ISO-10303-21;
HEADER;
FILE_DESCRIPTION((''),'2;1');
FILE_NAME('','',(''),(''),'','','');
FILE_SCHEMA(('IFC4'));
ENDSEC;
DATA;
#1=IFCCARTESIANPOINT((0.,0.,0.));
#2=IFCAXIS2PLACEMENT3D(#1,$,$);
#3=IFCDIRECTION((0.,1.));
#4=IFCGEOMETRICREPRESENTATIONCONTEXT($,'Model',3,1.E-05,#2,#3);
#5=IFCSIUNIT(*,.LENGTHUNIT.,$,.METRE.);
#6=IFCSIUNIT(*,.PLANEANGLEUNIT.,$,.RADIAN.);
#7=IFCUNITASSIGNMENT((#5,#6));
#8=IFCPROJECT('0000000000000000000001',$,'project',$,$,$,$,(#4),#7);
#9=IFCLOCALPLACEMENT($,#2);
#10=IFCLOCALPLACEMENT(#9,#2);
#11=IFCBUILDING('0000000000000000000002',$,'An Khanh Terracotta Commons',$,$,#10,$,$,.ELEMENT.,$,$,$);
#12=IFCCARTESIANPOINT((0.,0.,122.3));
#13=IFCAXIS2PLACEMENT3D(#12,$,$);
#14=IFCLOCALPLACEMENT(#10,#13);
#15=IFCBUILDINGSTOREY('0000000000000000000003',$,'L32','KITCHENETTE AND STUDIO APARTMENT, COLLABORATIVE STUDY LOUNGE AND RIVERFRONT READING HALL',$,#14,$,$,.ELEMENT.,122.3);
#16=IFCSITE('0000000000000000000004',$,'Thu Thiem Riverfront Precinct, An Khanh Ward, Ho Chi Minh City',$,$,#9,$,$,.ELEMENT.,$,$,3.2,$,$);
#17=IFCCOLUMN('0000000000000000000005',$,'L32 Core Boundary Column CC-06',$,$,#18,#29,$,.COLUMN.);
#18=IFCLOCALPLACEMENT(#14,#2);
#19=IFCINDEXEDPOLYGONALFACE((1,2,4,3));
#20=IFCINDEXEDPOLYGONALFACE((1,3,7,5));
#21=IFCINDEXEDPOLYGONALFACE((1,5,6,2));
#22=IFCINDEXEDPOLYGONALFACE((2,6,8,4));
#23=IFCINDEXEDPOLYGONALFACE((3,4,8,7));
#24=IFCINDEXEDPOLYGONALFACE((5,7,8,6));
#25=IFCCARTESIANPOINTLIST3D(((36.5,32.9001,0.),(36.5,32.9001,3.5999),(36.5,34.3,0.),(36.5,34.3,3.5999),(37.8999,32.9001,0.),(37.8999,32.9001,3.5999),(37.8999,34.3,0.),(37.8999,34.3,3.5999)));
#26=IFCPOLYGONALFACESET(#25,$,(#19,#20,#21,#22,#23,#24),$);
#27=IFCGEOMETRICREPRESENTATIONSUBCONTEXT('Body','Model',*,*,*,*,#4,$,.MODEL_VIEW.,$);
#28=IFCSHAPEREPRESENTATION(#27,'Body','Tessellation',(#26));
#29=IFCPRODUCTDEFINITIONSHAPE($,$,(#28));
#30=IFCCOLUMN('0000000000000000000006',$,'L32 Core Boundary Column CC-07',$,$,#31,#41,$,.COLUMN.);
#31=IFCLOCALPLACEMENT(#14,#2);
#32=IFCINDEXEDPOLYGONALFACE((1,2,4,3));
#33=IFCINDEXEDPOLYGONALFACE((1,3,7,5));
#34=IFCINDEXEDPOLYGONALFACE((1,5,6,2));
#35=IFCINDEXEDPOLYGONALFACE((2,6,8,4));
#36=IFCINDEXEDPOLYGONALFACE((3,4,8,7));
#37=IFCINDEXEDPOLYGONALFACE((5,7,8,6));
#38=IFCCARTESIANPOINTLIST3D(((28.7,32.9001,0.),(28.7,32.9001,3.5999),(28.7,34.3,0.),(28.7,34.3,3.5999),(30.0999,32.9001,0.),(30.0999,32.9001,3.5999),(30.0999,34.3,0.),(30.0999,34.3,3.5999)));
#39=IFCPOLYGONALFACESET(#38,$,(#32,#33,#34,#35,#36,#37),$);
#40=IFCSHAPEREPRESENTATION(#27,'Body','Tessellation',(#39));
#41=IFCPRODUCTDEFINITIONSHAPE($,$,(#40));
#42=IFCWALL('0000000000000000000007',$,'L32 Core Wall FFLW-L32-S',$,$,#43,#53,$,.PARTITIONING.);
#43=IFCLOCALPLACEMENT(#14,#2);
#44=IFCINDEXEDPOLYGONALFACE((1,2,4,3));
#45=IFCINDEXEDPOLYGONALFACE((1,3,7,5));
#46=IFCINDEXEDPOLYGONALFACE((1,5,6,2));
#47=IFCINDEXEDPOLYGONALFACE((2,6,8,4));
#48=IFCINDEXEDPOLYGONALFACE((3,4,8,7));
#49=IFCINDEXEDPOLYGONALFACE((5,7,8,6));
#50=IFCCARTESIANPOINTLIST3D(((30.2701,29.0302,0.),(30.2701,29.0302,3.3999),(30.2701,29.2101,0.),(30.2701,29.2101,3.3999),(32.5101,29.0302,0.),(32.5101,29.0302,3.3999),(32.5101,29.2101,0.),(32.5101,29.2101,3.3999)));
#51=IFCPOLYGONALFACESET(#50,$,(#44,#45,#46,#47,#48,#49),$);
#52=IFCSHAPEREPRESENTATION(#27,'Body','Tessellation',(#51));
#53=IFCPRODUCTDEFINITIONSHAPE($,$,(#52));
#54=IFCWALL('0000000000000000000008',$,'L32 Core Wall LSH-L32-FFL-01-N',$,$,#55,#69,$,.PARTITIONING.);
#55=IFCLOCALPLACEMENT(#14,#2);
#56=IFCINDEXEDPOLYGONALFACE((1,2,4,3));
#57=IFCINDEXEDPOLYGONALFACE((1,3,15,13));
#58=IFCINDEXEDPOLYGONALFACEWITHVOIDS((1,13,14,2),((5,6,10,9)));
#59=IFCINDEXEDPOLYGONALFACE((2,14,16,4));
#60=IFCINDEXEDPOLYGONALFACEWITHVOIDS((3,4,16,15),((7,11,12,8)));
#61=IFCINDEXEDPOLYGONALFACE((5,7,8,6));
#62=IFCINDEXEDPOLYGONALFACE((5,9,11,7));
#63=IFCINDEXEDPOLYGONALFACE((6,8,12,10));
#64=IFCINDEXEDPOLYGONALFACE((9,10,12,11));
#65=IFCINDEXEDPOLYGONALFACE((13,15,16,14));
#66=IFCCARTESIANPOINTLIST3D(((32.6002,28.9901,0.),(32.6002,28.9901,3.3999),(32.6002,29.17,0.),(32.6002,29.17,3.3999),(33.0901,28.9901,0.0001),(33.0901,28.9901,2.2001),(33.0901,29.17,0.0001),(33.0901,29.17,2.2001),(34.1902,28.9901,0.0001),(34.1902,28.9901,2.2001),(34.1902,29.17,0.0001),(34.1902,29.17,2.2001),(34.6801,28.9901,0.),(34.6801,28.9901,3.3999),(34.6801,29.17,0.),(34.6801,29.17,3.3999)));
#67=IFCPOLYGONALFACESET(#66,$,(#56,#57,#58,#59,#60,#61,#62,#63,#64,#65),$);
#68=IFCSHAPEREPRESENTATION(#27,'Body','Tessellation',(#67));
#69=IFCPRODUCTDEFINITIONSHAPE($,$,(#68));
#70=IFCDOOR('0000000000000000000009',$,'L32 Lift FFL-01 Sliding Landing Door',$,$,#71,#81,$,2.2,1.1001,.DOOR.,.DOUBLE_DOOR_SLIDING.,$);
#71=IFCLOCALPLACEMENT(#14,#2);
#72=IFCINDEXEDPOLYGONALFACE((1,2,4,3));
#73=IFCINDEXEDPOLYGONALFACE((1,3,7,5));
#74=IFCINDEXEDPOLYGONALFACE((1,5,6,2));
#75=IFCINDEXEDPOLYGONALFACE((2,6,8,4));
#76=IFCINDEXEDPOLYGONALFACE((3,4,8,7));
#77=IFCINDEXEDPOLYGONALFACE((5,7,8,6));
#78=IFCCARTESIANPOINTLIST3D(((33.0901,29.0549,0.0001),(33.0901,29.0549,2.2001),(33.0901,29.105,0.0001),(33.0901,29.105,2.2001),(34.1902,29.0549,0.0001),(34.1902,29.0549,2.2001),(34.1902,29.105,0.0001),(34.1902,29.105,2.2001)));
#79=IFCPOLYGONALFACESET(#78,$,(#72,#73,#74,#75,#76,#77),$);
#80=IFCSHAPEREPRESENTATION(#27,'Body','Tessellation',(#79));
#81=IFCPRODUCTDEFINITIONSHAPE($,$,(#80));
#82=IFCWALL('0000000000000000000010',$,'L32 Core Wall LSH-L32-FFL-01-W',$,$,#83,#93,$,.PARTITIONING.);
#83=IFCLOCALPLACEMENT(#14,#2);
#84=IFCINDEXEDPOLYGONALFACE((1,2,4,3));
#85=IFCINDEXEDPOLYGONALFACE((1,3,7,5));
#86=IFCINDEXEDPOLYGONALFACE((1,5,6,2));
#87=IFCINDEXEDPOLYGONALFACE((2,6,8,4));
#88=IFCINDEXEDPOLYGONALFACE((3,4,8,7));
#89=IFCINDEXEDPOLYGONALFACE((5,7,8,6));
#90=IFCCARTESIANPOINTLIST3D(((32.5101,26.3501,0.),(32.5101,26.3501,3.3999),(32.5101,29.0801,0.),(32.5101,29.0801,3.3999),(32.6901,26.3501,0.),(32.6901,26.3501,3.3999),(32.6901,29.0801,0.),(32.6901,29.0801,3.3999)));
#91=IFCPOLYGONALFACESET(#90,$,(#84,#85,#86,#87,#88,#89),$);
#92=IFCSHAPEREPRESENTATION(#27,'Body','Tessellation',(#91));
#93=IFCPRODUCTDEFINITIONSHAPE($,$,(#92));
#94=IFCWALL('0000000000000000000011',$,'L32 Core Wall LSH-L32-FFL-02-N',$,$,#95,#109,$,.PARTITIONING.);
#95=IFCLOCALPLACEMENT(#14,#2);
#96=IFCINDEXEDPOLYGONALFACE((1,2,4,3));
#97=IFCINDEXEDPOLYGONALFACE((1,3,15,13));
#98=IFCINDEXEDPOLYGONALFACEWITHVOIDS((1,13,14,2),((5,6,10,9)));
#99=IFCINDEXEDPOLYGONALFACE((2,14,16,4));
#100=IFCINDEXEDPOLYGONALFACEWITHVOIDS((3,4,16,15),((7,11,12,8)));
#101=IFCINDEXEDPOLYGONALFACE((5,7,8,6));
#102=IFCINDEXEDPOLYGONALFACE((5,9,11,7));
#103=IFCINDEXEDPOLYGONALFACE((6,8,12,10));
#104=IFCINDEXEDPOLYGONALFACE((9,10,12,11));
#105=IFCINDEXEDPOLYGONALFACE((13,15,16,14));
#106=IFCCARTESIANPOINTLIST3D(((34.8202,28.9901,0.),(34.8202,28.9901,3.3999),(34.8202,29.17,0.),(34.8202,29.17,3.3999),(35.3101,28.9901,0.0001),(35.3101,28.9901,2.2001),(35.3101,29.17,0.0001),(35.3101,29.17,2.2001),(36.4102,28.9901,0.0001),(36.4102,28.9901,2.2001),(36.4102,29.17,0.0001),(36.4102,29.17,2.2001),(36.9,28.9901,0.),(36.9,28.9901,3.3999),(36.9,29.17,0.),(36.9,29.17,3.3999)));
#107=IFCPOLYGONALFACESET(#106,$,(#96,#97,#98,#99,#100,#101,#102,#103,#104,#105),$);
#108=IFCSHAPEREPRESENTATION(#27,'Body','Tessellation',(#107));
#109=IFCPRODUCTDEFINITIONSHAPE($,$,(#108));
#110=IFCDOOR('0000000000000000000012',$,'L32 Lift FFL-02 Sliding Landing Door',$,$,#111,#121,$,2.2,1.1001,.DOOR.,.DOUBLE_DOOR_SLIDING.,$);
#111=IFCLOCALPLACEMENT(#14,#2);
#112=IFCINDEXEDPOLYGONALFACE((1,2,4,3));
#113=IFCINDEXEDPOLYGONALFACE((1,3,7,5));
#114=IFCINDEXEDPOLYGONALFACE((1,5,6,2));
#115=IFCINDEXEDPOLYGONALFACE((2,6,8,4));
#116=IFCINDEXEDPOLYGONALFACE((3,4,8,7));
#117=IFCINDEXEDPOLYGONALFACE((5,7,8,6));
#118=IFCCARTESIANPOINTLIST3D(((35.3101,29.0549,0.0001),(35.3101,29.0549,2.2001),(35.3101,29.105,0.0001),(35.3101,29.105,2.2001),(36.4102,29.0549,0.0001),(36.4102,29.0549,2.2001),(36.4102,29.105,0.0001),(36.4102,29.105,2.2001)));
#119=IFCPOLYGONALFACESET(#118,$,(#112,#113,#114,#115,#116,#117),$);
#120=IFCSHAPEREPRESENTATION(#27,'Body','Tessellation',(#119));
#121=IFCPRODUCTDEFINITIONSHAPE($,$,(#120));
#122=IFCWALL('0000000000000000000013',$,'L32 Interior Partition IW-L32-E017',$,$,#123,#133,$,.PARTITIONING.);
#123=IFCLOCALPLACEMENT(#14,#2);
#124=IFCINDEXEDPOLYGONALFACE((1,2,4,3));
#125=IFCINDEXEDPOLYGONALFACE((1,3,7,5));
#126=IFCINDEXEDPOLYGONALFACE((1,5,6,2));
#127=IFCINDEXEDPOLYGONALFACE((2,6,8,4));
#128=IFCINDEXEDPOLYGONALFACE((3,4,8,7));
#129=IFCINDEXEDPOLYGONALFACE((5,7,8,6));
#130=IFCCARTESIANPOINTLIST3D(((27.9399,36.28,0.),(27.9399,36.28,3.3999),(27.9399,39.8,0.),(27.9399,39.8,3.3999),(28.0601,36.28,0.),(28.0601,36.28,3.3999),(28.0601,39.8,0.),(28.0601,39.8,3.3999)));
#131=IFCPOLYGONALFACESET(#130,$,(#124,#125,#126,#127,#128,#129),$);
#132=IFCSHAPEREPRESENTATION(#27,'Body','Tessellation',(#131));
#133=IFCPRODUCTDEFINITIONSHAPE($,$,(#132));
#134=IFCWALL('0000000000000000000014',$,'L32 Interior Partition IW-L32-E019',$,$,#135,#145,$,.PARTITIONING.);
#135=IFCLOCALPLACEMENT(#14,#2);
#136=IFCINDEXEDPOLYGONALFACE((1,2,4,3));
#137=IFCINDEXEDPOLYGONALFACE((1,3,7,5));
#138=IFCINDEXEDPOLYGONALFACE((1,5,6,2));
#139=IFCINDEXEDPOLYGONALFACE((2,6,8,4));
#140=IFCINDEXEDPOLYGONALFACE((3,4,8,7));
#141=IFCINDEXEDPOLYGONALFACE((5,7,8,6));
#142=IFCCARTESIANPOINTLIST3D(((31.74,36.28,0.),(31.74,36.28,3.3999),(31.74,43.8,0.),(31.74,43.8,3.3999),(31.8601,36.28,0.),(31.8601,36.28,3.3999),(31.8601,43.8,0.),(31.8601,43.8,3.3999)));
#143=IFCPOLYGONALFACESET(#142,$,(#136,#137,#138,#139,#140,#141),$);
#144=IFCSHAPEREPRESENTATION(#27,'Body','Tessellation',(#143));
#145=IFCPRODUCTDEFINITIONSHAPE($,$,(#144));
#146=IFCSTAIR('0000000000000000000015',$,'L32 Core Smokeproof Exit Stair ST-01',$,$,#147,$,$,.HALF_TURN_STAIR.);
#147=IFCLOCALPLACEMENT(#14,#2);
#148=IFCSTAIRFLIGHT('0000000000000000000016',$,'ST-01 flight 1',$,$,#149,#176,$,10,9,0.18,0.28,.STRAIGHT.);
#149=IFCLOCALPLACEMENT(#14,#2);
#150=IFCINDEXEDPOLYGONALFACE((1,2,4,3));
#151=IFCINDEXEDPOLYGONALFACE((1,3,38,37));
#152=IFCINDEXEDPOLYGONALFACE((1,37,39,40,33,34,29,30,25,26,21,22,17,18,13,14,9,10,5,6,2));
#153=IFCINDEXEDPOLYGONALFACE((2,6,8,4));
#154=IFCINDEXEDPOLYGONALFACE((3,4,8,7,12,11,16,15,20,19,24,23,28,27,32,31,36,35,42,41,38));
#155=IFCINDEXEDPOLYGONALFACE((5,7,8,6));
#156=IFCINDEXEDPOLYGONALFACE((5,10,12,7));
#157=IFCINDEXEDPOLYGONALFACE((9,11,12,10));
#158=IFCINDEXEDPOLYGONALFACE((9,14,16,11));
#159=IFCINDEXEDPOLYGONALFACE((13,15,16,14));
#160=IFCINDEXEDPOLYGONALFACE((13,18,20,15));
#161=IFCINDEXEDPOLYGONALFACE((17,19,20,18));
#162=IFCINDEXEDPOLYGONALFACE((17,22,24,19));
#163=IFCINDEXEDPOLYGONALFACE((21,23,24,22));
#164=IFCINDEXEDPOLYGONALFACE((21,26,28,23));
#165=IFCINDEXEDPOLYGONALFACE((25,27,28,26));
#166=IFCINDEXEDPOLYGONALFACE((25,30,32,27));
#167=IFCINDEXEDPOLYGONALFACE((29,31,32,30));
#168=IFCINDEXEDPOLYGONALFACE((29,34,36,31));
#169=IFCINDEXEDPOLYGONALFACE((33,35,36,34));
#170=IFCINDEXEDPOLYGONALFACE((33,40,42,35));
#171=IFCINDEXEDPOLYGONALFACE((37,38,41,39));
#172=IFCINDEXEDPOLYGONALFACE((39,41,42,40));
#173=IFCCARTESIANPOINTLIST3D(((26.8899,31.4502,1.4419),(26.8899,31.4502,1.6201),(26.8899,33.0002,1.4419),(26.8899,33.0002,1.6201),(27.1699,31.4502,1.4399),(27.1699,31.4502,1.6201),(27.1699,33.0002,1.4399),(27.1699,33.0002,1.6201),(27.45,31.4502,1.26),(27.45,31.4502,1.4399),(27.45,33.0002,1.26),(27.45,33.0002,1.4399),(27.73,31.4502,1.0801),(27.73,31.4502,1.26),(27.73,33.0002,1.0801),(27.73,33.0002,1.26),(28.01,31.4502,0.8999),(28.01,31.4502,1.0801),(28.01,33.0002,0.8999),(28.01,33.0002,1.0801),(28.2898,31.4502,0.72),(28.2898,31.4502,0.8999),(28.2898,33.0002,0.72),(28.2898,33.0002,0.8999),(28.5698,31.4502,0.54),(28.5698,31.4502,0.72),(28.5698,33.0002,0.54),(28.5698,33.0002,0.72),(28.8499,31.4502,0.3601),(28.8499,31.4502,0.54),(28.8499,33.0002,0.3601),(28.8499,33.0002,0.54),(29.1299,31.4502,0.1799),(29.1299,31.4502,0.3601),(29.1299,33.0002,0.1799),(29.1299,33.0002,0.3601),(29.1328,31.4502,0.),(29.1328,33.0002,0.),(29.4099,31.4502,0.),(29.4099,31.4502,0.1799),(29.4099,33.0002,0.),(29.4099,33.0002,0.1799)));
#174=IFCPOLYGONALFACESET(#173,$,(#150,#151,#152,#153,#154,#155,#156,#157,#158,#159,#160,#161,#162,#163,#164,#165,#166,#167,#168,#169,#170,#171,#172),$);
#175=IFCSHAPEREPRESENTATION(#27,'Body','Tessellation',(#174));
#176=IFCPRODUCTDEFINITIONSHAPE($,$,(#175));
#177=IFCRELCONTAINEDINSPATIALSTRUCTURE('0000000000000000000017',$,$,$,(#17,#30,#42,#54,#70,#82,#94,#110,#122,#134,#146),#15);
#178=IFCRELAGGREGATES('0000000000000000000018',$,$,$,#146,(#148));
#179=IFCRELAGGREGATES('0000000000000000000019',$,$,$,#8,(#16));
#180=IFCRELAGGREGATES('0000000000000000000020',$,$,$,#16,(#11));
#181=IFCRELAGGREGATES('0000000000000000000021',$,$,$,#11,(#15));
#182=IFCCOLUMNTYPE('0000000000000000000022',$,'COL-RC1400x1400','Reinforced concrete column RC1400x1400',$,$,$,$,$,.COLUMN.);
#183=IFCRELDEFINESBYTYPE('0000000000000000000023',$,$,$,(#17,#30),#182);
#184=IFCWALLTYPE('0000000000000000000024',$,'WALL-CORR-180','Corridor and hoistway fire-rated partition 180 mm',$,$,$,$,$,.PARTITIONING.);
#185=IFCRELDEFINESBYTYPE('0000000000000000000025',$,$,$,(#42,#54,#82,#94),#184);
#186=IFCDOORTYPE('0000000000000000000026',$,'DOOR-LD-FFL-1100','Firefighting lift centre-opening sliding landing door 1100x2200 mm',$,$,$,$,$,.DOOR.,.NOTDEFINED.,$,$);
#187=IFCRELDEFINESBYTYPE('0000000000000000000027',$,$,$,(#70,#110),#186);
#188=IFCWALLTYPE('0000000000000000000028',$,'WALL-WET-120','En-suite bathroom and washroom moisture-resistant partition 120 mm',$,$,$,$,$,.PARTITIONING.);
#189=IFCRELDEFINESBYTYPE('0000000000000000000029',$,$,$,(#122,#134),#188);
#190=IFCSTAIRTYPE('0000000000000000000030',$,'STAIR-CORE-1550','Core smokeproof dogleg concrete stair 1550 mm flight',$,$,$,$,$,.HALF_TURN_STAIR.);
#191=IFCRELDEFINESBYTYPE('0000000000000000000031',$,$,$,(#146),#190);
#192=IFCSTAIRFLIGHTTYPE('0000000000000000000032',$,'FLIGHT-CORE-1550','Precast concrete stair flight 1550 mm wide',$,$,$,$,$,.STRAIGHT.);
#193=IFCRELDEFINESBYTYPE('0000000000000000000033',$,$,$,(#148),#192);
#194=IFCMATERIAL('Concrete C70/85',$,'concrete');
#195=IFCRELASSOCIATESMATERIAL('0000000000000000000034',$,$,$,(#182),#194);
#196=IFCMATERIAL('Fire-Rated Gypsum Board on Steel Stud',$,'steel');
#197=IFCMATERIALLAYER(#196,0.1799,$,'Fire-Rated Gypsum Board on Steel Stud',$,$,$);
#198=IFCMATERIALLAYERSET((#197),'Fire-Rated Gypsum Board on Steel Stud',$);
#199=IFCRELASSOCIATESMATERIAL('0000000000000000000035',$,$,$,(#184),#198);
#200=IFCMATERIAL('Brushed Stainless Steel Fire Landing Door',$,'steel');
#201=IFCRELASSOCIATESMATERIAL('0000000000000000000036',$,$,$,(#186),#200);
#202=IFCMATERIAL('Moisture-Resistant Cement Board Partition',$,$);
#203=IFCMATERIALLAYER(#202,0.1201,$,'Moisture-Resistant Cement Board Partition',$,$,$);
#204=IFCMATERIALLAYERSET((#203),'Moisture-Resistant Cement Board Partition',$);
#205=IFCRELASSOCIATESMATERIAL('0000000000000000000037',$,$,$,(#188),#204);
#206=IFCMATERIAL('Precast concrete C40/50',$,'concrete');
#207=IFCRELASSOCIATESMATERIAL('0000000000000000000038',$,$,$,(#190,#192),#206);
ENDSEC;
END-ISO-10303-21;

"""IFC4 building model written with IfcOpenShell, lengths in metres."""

from ifc_helpers import new_model, si_unit, direction, frame, frame_2d, origin, origin_2d, place, context, subcontext, project, spatial, polyline, rectangle, outline, extrude, material, layer, layer_set, material_profile, profile_set, type_object, element, fill, aggregate, save


model = new_model("IFC4")

# Units and contexts
model_context = context("Model", 3, precision=1e-05, world=origin(), true_north=direction((0.0, 1.0)))
body_context = subcontext(model_context, "Body", "Model", "MODEL_VIEW")
ifc_project = project(units=[si_unit("LENGTHUNIT", "METRE"), si_unit("PLANEANGLEUNIT", "RADIAN")], contexts=[model_context])

# Site, building, storey
site_placement = place(None, origin())
site = spatial("IfcSite", under=ifc_project, at=site_placement, Name="Thu Thiem Riverfront Precinct, An Khanh Ward, Ho Chi Minh City", CompositionType="ELEMENT", RefElevation=3.2)
building_placement = place(site_placement, origin())
building = spatial("IfcBuilding", under=site, at=building_placement, Name="An Khanh Terracotta Commons", CompositionType="ELEMENT")
storey_placement = place(building_placement, frame((0.0, 0.0, 122.3)))
storey = spatial("IfcBuildingStorey", under=building, at=storey_placement, Name="L32", Description="KITCHENETTE AND STUDIO APARTMENT, COLLABORATIVE STUDY LOUNGE AND RIVERFRONT READING HALL", CompositionType="ELEMENT", Elevation=122.3)

# Columns
ifc_material_1 = material(Name="Concrete C70/85", Category="concrete")
ifc_material_profile = material_profile(ifc_material_1, rectangle(XDim=1.3999, YDim=1.3999, at=origin_2d()), Name="RC1400x1400")
ifc_profile_set = profile_set([ifc_material_profile], Name="Concrete C70/85")
column_type = type_object("IfcColumnType", Name="COL-RC1400x1400", Description="Reinforced concrete column RC1400x1400", PredefinedType="COLUMN", material=ifc_profile_set)
for number, where, z_axis, x_axis, name in (
    (1, (37.2, 33.6001, 0.0), (0.0, 0.0, 1.0), (1.0, 0.0, 0.0), "L32 Core Boundary Column CC-06"),
    (2, (29.3999, 33.6001, 0.0), (0.0, 0.0, 1.0), (1.0, 0.0, 0.0), "L32 Core Boundary Column CC-07"),
):
    element("IfcColumn", number, at=place(storey_placement, frame(where, z_axis=z_axis, x_axis=x_axis)), inside=storey, type_object=column_type, Name=name, PredefinedType="COLUMN", context=body_context, shape_type="SweptSolid", body=[
        extrude(rectangle(XDim=1.3999, YDim=1.3999, at=origin_2d()), origin(), (0.0, 0.0, 1.0), 3.5999),
    ])

# Wall
ifc_material_2 = material(Name="Fire-Rated Gypsum Board on Steel Stud", Category="steel")
ifc_layer_1 = layer(ifc_material_2, 0.1799, Name="Fire-Rated Gypsum Board on Steel Stud")
ifc_layer_set_1 = layer_set([ifc_layer_1], Name="Fire-Rated Gypsum Board on Steel Stud")
wall_type_1 = type_object("IfcWallType", Name="WALL-CORR-180", Description="Corridor and hoistway fire-rated partition 180 mm", PredefinedType="PARTITIONING", material=ifc_layer_set_1)
wall_1_placement = place(storey_placement, frame((30.27, 29.1201, 0.0), z_axis=(0.0, 0.0, 1.0), x_axis=(1.0, 0.0, 0.0)))
element("IfcWall", 3, at=wall_1_placement, inside=storey, type_object=wall_type_1, Name="L32 Core Wall FFLW-L32-S", PredefinedType="PARTITIONING", context=body_context, shape_type="SweptSolid", body=[
    extrude(rectangle(XDim=2.24, YDim=0.1799, at=frame_2d((1.1201, 0.0))), origin(), (0.0, 0.0, 1.0), 3.3999),
])

# Wall, opening, door
wall_2_placement = place(storey_placement, frame((32.6001, 29.0801, 0.0), z_axis=(0.0, 0.0, 1.0), x_axis=(1.0, 0.0, 0.0)))
wall_2 = element("IfcWall", 4, at=wall_2_placement, inside=storey, type_object=wall_type_1, Name="L32 Core Wall LSH-L32-FFL-01-N", PredefinedType="PARTITIONING", context=body_context, shape_type="SweptSolid", body=[
    extrude(rectangle(XDim=2.0798, YDim=0.1799, at=frame_2d((1.04, 0.0))), origin(), (0.0, 0.0, 1.0), 3.3999),
])
opening_1_placement = place(wall_2_placement, frame((0.49, 0.0, 0.0)))
opening_1 = element("IfcOpeningElement", 5, at=opening_1_placement, cuts=wall_2, PredefinedType="OPENING", context=body_context, shape_type="SweptSolid", body=[
    extrude(rectangle(XDim=1.1001, YDim=2.2, at=frame_2d((0.55, 1.1001))), frame((0.0, 0.0999, 0.0), z_axis=(0.0, -1.0, 0.0), x_axis=(1.0, 0.0, 0.0)), (0.0, 0.0, 1.0), 0.2),
])
ifc_material_3 = material(Name="Brushed Stainless Steel Fire Landing Door", Category="steel")
door_type_1 = type_object("IfcDoorType", Name="DOOR-LD-FFL-1100", Description="Firefighting lift centre-opening sliding landing door 1100x2200 mm", OperationType="NOTDEFINED", PredefinedType="DOOR", material=ifc_material_3)
door_1_placement = place(opening_1_placement, origin())
door_1 = element("IfcDoor", 6, at=door_1_placement, inside=storey, type_object=door_type_1, Name="L32 Lift FFL-01 Sliding Landing Door", OperationType="DOUBLE_DOOR_SLIDING", OverallHeight=2.2, OverallWidth=1.1001, PredefinedType="DOOR", context=body_context, shape_type="SweptSolid", body=[
    extrude(rectangle(XDim=1.1001, YDim=2.2, at=frame_2d((0.55, 1.1001))), frame((0.0, 0.0249, 0.0), z_axis=(0.0, -1.0, 0.0), x_axis=(1.0, 0.0, 0.0)), (0.0, 0.0, 1.0), 0.05),
])
fill(opening_1, door_1)

# Wall
wall_3_placement = place(storey_placement, frame((32.6001, 29.0801, 0.0), z_axis=(0.0, 0.0, 1.0), x_axis=(0.0, -1.0, 0.0)))
element("IfcWall", 7, at=wall_3_placement, inside=storey, type_object=wall_type_1, Name="L32 Core Wall LSH-L32-FFL-01-W", PredefinedType="PARTITIONING", context=body_context, shape_type="SweptSolid", body=[
    extrude(rectangle(XDim=2.73, YDim=0.1799, at=frame_2d((1.365, 0.0))), origin(), (0.0, 0.0, 1.0), 3.3999),
])

# Wall, opening, door
wall_4_placement = place(storey_placement, frame((34.8201, 29.0801, 0.0), z_axis=(0.0, 0.0, 1.0), x_axis=(1.0, 0.0, 0.0)))
wall_4 = element("IfcWall", 8, at=wall_4_placement, inside=storey, type_object=wall_type_1, Name="L32 Core Wall LSH-L32-FFL-02-N", PredefinedType="PARTITIONING", context=body_context, shape_type="SweptSolid", body=[
    extrude(rectangle(XDim=2.0798, YDim=0.1799, at=frame_2d((1.04, 0.0))), origin(), (0.0, 0.0, 1.0), 3.3999),
])
opening_2_placement = place(wall_4_placement, frame((0.49, 0.0, 0.0)))
opening_2 = element("IfcOpeningElement", 9, at=opening_2_placement, cuts=wall_4, PredefinedType="OPENING", context=body_context, shape_type="SweptSolid", body=[
    extrude(rectangle(XDim=1.1001, YDim=2.2, at=frame_2d((0.55, 1.1001))), frame((0.0, 0.0999, 0.0), z_axis=(0.0, -1.0, 0.0), x_axis=(1.0, 0.0, 0.0)), (0.0, 0.0, 1.0), 0.2),
])
door_2_placement = place(opening_2_placement, origin())
door_2 = element("IfcDoor", 10, at=door_2_placement, inside=storey, type_object=door_type_1, Name="L32 Lift FFL-02 Sliding Landing Door", OperationType="DOUBLE_DOOR_SLIDING", OverallHeight=2.2, OverallWidth=1.1001, PredefinedType="DOOR", context=body_context, shape_type="SweptSolid", body=[
    extrude(rectangle(XDim=1.1001, YDim=2.2, at=frame_2d((0.55, 1.1001))), frame((0.0, 0.0249, 0.0), z_axis=(0.0, -1.0, 0.0), x_axis=(1.0, 0.0, 0.0)), (0.0, 0.0, 1.0), 0.05),
])
fill(opening_2, door_2)

# Walls
ifc_material_4 = material(Name="Moisture-Resistant Cement Board Partition")
ifc_layer_2 = layer(ifc_material_4, 0.1201, Name="Moisture-Resistant Cement Board Partition")
ifc_layer_set_2 = layer_set([ifc_layer_2], Name="Moisture-Resistant Cement Board Partition")
wall_type_2 = type_object("IfcWallType", Name="WALL-WET-120", Description="En-suite bathroom and washroom moisture-resistant partition 120 mm", PredefinedType="PARTITIONING", material=ifc_layer_set_2)
wall_5_placement = place(storey_placement, frame((28.0, 36.28, 0.0), z_axis=(0.0, 0.0, 1.0), x_axis=(0.0, 1.0, 0.0)))
element("IfcWall", 11, at=wall_5_placement, inside=storey, type_object=wall_type_2, Name="L32 Interior Partition IW-L32-E017", PredefinedType="PARTITIONING", context=body_context, shape_type="SweptSolid", body=[
    extrude(rectangle(XDim=3.52, YDim=0.1201, at=frame_2d((1.76, 0.0))), origin(), (0.0, 0.0, 1.0), 3.3999),
])
wall_6_placement = place(storey_placement, frame((31.8, 36.28, 0.0), z_axis=(0.0, 0.0, 1.0), x_axis=(0.0, 1.0, 0.0)))
element("IfcWall", 12, at=wall_6_placement, inside=storey, type_object=wall_type_2, Name="L32 Interior Partition IW-L32-E019", PredefinedType="PARTITIONING", context=body_context, shape_type="SweptSolid", body=[
    extrude(rectangle(XDim=7.52, YDim=0.1201, at=frame_2d((3.76, 0.0))), origin(), (0.0, 0.0, 1.0), 3.3999),
])

# Stair, stair flight
ifc_material_5 = material(Name="Precast concrete C40/50", Category="concrete")
stair_type = type_object("IfcStairType", Name="STAIR-CORE-1550", Description="Core smokeproof dogleg concrete stair 1550 mm flight", PredefinedType="HALF_TURN_STAIR", material=ifc_material_5)
stair_placement = place(storey_placement, origin())
stair = element("IfcStair", 13, at=stair_placement, inside=storey, type_object=stair_type, Name="L32 Core Smokeproof Exit Stair ST-01", PredefinedType="HALF_TURN_STAIR")
stair_flight_type = type_object("IfcStairFlightType", Name="FLIGHT-CORE-1550", Description="Precast concrete stair flight 1550 mm wide", PredefinedType="STRAIGHT", material=ifc_material_5)
stair_flight_1_placement = place(storey_placement, frame((29.4099, 32.2251, 0.0), z_axis=(0.0, 0.0, 1.0), x_axis=(-1.0, 0.0, 0.0)))
stair_flight_1 = element("IfcStairFlight", 14, at=stair_flight_1_placement, type_object=stair_flight_type, Name="ST-01 flight 1", NumberOfRisers=10, NumberOfTreads=9, PredefinedType="STRAIGHT", RiserHeight=0.18, TreadLength=0.28, context=body_context, shape_type="SweptSolid", body=[
    extrude(outline(polyline([(0.0, 0.0), (0.0, 0.1799), (0.28, 0.1799), (0.28, 0.3601), (0.5601, 0.3601), (0.5601, 0.54), (0.8401, 0.54), (0.8401, 0.72), (1.1201, 0.72), (1.1201, 0.8999), (1.3999, 0.8999), (1.3999, 1.0801), (1.6799, 1.0801), (1.6799, 1.26), (1.96, 1.26), (1.96, 1.4399), (2.24, 1.4399), (2.24, 1.6201), (2.52, 1.6201), (2.52, 1.8), (2.52, 1.4419), (0.2771, 0.0), (0.0, 0.0)])), frame((0.0, 0.7749, 0.0), z_axis=(0.0, -1.0, 0.0), x_axis=(1.0, 0.0, 0.0)), (0.0, 0.0, 1.0), 1.55),
])
aggregate(stair, [stair_flight_1])

save(model, "model.ifc")
